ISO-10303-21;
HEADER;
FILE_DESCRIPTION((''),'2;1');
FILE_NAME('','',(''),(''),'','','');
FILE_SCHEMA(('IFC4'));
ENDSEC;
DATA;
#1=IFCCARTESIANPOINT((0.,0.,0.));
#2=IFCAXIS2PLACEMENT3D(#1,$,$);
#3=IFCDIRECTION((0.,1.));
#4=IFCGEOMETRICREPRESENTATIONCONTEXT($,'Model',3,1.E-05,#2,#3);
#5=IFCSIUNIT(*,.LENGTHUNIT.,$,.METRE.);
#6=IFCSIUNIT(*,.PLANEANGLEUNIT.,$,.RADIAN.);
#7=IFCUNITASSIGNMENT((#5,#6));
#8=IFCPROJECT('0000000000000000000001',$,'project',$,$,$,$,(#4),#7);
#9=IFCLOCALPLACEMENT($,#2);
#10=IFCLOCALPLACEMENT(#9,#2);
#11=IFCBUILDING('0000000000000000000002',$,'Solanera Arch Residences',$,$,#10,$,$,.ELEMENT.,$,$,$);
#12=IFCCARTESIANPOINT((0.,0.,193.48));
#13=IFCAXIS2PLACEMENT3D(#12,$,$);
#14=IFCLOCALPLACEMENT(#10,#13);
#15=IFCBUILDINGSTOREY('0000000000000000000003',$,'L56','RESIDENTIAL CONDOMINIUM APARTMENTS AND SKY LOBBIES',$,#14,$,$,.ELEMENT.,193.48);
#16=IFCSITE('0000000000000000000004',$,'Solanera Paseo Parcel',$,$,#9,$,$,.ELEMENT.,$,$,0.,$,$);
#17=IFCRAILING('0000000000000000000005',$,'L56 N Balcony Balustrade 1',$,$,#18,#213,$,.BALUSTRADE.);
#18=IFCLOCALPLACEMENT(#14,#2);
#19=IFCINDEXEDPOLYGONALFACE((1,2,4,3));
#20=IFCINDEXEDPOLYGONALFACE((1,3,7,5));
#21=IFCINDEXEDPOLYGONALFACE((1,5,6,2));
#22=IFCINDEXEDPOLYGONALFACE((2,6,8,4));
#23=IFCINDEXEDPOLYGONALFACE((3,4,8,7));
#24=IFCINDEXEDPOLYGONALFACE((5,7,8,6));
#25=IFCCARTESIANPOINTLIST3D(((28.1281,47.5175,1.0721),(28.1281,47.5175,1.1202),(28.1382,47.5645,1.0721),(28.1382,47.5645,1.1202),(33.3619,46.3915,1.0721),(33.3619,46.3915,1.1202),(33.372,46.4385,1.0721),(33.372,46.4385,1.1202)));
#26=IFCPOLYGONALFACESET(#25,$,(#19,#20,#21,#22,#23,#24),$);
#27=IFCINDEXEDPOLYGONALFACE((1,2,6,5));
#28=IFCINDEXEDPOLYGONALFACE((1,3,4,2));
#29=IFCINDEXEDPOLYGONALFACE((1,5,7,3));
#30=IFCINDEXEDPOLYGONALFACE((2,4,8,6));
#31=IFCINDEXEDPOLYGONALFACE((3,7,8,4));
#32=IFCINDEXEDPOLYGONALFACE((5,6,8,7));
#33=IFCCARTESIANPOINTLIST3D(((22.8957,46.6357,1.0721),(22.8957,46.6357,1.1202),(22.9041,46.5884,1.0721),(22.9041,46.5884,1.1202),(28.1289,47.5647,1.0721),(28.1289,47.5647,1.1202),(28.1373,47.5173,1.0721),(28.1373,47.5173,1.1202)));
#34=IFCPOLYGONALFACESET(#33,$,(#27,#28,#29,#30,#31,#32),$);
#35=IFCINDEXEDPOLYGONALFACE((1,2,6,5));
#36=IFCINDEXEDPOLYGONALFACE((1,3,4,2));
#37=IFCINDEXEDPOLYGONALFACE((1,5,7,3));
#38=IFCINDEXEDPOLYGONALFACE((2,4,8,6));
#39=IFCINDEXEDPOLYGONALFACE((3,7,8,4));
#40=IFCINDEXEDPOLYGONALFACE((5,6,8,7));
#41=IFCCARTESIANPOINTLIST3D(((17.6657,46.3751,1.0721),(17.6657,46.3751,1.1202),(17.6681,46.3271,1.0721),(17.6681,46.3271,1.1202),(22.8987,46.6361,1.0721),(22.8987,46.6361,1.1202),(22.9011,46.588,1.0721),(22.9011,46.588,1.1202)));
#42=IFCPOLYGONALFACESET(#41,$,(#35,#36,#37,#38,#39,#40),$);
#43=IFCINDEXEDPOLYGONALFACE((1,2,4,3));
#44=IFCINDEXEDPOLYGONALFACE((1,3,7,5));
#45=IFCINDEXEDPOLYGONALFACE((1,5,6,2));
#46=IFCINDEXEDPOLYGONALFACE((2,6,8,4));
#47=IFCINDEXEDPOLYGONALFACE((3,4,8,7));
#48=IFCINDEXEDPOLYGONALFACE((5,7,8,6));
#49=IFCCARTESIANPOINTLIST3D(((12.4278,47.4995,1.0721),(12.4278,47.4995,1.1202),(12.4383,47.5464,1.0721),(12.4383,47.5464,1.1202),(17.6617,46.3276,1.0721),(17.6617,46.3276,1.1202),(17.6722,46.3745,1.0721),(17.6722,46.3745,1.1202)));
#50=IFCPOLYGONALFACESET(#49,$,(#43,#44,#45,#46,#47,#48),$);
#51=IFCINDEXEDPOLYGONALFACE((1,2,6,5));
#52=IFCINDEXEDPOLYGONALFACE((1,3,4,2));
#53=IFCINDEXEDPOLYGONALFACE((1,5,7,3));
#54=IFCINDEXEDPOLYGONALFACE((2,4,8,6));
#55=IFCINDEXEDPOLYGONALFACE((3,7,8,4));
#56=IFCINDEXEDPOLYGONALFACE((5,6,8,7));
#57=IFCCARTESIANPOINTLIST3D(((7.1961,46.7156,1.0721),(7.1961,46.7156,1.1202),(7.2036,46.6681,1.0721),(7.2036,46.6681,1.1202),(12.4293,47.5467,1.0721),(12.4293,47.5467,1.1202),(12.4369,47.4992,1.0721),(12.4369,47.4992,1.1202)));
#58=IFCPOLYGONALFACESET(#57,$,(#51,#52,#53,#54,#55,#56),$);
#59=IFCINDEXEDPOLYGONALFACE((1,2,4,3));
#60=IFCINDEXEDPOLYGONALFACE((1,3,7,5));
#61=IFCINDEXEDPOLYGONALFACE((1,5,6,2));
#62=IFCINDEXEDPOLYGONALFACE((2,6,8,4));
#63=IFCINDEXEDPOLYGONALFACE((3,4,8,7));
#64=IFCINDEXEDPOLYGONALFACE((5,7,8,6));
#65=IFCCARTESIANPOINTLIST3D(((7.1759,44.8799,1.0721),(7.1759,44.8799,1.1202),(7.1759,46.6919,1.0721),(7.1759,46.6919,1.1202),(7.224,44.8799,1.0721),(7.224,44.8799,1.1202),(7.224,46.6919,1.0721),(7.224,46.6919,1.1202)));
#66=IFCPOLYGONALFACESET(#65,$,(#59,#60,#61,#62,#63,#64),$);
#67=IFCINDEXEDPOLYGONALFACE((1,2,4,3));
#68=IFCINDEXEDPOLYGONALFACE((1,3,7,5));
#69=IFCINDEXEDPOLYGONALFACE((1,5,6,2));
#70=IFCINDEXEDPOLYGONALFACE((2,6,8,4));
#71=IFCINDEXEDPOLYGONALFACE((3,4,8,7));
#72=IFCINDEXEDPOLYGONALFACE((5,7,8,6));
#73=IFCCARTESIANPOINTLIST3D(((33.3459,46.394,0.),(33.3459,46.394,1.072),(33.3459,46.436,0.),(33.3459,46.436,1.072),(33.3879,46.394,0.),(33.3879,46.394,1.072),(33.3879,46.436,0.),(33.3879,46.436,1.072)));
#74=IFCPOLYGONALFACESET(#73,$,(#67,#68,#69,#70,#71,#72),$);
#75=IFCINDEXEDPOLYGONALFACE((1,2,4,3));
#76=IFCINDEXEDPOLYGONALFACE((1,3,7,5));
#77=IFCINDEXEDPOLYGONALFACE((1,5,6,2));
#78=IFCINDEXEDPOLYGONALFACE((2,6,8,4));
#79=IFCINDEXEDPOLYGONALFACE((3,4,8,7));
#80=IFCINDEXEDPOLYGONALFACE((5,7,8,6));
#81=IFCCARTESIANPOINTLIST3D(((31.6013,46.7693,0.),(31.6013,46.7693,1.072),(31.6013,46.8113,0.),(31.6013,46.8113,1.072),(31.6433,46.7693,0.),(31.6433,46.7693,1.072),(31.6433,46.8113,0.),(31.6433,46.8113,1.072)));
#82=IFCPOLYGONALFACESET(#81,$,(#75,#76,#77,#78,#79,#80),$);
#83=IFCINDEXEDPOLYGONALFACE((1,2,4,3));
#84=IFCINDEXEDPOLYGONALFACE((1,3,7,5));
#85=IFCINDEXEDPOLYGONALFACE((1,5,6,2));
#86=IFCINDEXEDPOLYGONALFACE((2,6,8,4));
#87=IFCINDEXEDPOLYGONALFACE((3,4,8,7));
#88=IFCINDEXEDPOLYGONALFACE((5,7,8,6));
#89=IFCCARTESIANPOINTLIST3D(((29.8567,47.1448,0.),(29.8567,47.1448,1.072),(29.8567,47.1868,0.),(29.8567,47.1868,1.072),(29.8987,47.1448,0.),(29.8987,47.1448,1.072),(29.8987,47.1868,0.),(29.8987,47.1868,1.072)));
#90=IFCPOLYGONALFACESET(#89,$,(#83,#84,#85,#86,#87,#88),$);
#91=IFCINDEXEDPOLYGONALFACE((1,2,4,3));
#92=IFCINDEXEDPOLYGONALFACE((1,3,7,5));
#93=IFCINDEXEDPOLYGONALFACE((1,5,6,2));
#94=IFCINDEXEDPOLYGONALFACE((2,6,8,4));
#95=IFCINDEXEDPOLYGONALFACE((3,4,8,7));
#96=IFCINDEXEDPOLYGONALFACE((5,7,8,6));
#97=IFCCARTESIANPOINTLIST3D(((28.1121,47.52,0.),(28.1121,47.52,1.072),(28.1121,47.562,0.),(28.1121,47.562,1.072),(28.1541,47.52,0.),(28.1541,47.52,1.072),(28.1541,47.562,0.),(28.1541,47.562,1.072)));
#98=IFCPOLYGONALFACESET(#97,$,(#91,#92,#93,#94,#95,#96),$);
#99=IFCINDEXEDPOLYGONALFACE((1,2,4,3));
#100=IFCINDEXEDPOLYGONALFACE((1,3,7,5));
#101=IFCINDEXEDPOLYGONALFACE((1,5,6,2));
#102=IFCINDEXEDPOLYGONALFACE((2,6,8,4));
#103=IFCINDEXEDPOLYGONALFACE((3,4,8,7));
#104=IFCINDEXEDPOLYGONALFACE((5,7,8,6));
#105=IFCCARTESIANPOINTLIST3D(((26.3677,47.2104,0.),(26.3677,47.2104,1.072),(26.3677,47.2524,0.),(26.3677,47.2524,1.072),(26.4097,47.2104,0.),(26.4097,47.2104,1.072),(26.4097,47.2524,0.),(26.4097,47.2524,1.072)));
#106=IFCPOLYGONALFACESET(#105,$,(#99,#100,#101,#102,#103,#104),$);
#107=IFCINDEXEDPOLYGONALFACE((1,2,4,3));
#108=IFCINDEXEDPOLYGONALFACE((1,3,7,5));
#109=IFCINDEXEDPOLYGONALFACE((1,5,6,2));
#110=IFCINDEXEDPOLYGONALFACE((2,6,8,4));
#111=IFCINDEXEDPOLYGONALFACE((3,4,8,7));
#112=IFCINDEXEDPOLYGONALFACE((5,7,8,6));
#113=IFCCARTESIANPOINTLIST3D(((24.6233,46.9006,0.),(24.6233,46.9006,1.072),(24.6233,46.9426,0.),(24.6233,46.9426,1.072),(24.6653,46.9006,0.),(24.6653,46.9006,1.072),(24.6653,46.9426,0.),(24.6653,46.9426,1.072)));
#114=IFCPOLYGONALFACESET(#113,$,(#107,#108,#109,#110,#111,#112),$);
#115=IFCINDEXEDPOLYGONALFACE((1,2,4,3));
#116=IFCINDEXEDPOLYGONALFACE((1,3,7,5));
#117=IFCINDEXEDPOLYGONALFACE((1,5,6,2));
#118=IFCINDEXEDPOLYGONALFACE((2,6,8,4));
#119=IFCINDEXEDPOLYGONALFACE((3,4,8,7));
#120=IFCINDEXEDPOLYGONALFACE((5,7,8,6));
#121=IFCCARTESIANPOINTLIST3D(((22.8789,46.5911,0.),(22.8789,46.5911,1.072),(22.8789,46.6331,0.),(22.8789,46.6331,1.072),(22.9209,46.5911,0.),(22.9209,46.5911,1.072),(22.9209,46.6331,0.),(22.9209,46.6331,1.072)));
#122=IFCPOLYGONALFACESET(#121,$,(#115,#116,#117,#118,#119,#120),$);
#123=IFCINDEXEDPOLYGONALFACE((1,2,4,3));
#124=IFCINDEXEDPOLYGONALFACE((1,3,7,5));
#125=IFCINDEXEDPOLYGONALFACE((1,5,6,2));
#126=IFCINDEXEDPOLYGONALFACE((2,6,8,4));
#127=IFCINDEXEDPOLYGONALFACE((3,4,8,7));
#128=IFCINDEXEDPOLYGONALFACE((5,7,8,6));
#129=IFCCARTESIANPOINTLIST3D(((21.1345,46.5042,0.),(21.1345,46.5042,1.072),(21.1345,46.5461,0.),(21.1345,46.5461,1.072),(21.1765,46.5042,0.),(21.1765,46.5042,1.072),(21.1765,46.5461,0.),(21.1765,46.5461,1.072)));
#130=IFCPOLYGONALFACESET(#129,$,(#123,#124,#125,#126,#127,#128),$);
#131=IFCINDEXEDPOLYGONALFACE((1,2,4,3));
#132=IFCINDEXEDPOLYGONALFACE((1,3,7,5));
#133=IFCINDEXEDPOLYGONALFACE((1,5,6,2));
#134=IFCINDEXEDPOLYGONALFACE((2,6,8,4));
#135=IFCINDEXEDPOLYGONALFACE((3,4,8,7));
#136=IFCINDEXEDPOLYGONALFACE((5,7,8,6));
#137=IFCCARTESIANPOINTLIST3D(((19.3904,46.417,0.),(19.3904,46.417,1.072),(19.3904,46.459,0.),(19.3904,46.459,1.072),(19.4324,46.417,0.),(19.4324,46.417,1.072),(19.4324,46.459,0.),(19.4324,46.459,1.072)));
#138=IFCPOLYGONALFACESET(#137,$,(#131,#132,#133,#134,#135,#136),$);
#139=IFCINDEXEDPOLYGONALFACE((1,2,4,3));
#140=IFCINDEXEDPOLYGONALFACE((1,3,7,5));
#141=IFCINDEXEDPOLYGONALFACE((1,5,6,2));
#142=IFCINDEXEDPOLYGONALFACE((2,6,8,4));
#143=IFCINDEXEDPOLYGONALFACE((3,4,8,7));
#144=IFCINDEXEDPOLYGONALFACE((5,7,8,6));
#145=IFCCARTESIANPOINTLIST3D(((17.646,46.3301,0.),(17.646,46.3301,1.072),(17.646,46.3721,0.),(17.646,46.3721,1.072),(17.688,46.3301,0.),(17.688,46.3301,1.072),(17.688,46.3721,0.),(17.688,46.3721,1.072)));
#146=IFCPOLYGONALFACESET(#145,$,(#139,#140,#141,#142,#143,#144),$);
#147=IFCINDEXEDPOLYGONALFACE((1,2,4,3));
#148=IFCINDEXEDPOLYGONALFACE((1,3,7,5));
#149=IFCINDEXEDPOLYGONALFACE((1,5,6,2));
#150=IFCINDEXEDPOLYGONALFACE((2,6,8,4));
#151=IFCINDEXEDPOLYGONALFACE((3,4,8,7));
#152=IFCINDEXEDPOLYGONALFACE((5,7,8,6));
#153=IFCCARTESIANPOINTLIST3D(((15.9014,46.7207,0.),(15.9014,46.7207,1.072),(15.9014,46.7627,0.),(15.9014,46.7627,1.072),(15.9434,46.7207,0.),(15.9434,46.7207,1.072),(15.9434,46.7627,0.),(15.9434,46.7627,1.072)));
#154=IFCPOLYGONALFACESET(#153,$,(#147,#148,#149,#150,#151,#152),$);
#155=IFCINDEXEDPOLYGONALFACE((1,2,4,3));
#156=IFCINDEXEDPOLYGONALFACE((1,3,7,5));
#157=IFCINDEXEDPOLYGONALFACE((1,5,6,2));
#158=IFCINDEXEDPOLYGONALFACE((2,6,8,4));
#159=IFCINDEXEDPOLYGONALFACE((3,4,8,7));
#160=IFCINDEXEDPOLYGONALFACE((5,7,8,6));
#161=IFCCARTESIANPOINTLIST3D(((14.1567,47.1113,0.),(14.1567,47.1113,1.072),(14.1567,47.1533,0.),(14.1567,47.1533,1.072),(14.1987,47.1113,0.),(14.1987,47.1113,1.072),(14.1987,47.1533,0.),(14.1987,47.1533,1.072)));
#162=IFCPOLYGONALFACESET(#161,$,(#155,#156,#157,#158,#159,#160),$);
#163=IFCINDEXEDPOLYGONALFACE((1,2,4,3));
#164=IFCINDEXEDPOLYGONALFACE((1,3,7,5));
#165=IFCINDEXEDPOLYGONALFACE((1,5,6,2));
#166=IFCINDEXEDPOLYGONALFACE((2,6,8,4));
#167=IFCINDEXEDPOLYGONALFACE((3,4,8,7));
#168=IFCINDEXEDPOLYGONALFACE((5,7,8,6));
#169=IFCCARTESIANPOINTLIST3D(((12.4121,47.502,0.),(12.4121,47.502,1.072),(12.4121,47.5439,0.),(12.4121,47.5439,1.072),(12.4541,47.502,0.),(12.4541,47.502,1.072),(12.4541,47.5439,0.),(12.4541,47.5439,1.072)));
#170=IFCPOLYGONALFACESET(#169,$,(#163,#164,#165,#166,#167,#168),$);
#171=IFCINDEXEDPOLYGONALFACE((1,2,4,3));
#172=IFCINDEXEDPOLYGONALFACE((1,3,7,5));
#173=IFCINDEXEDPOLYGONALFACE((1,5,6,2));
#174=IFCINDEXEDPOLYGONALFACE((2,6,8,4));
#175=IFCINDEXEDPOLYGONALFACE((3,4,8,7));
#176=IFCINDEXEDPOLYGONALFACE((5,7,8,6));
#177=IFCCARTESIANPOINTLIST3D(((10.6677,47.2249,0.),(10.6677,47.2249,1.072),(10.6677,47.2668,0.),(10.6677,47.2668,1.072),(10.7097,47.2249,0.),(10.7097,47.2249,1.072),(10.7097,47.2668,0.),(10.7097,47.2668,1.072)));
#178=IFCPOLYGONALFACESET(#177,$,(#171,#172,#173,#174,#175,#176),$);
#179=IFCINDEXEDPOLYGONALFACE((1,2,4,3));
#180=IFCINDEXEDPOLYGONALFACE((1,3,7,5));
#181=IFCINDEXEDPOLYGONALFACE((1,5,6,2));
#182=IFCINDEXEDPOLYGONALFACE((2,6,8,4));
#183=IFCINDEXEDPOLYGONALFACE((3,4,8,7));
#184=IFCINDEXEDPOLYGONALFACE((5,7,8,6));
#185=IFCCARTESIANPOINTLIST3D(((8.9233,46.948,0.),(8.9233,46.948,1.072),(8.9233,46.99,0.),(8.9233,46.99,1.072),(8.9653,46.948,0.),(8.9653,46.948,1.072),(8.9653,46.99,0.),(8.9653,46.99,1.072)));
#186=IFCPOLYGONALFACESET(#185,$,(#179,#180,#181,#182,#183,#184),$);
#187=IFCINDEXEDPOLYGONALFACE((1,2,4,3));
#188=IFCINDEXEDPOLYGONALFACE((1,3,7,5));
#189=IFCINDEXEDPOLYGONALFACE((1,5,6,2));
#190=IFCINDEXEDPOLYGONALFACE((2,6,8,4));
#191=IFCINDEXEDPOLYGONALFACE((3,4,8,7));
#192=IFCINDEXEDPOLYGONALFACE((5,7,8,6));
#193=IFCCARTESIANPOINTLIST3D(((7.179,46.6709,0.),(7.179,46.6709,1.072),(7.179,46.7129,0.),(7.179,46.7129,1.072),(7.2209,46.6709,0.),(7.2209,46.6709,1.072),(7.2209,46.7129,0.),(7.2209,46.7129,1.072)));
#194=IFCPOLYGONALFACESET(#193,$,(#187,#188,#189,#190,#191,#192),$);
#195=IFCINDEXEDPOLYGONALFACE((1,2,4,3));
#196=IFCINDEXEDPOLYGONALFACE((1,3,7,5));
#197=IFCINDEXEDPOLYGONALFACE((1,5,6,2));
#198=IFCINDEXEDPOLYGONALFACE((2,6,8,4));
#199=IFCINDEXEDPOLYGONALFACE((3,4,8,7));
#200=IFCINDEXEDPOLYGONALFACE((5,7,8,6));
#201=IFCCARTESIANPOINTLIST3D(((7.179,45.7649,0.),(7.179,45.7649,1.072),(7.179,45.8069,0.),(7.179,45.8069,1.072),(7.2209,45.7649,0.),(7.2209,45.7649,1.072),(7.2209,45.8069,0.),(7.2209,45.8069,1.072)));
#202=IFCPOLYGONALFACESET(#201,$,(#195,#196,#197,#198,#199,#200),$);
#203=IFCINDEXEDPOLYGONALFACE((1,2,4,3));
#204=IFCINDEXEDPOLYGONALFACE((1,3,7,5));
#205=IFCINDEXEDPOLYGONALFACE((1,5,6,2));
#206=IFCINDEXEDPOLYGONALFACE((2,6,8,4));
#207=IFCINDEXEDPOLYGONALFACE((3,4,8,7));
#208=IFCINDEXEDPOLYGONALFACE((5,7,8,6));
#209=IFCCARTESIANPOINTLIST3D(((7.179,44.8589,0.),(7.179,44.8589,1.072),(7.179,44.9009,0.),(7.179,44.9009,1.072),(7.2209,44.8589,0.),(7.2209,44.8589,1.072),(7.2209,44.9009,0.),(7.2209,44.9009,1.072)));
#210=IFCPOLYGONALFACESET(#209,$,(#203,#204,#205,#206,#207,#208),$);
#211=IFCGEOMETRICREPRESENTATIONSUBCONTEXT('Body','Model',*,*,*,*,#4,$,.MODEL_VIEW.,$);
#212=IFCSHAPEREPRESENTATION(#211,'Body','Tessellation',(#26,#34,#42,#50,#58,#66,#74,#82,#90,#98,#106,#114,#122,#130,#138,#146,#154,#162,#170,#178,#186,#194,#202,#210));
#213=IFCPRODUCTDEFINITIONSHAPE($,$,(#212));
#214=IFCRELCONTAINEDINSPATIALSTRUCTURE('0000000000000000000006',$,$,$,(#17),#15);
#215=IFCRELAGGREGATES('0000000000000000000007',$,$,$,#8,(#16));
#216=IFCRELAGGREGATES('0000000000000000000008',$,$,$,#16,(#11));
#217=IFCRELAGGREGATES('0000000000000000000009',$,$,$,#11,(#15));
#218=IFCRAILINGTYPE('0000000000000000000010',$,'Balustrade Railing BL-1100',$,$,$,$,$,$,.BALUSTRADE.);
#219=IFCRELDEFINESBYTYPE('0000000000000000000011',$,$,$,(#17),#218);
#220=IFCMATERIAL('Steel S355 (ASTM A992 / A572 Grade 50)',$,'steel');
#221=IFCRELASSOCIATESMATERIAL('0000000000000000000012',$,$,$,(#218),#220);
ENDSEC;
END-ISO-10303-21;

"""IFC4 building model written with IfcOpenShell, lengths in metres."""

from ifc_helpers import new_model, si_unit, direction, frame, origin, origin_2d, place, context, subcontext, project, spatial, rectangle, extrude, material, type_object, element, save


model = new_model("IFC4")

# Units and contexts
model_context = context("Model", 3, precision=1e-05, world=origin(), true_north=direction((0.0, 1.0)))
body_context = subcontext(model_context, "Body", "Model", "MODEL_VIEW")
ifc_project = project(units=[si_unit("LENGTHUNIT", "METRE"), si_unit("PLANEANGLEUNIT", "RADIAN")], contexts=[model_context])

# Site, building, storey
site_placement = place(None, origin())
site = spatial("IfcSite", under=ifc_project, at=site_placement, Name="Solanera Paseo Parcel", CompositionType="ELEMENT", RefElevation=0.0)
building_placement = place(site_placement, origin())
building = spatial("IfcBuilding", under=site, at=building_placement, Name="Solanera Arch Residences", CompositionType="ELEMENT")
storey_placement = place(building_placement, frame((0.0, 0.0, 193.48)))
storey = spatial("IfcBuildingStorey", under=building, at=storey_placement, Name="L56", Description="RESIDENTIAL CONDOMINIUM APARTMENTS AND SKY LOBBIES", CompositionType="ELEMENT", Elevation=193.48)

# Railing
ifc_material_1 = material(Name="Steel S355 (ASTM A992 / A572 Grade 50)", Category="steel")
railing_type_1 = type_object("IfcRailingType", Name="Balustrade Railing BL-1100", PredefinedType="BALUSTRADE", material=ifc_material_1)
railing_1_placement = place(storey_placement, frame((33.3669, 46.415, 0.0)))
element("IfcRailing", 1, at=railing_1_placement, inside=storey, type_object=railing_type_1, Name="L56 N Balcony Balustrade 1", PredefinedType="BALUSTRADE", context=body_context, shape_type="SweptSolid", body=[
    extrude(rectangle(XDim=0.0481, YDim=0.0481, at=origin_2d()), frame((0.0, 0.0, 1.0962), z_axis=(-0.977633, 0.21032, 0.0), x_axis=(-0.21032, -0.977633, 0.0)), (0.0, 0.0, 1.0), 5.3535),
    extrude(rectangle(XDim=0.0481, YDim=0.0481, at=origin_2d()), frame((-5.2339, 1.126, 1.0962), z_axis=(-0.984607, -0.174781, 0.0), x_axis=(0.174781, -0.984607, 0.0)), (0.0, 0.0, 1.0), 5.3149),
    extrude(rectangle(XDim=0.0481, YDim=0.0481, at=origin_2d()), frame((-10.467, 0.197, 1.0962), z_axis=(-0.998759, -0.049812, 0.0), x_axis=(0.049812, -0.998759, 0.0)), (0.0, 0.0, 1.0), 5.2395),
    extrude(rectangle(XDim=0.0481, YDim=0.0481, at=origin_2d()), frame((-15.7, -0.064, 1.0962), z_axis=(-0.975839, 0.218492, 0.0), x_axis=(-0.218492, -0.975839, 0.0)), (0.0, 0.0, 1.0), 5.3635),
    extrude(rectangle(XDim=0.0481, YDim=0.0481, at=origin_2d()), frame((-20.9338, 1.1079, 1.0962), z_axis=(-0.987624, -0.15684, 0.0), x_axis=(0.15684, -0.987624, 0.0)), (0.0, 0.0, 1.0), 5.2988),
    extrude(rectangle(XDim=0.0481, YDim=0.0481, at=origin_2d()), frame((-26.167, 0.2769, 1.0962), z_axis=(0.0, -1.0, 0.0), x_axis=(1.0, 0.0, 0.0)), (0.0, 0.0, 1.0), 1.812),
    extrude(rectangle(XDim=0.042, YDim=0.042, at=origin_2d()), origin(), (0.0, 0.0, 1.0), 1.072),
    extrude(rectangle(XDim=0.042, YDim=0.042, at=origin_2d()), frame((-1.7446, 0.3752, 0.0)), (0.0, 0.0, 1.0), 1.072),
    extrude(rectangle(XDim=0.042, YDim=0.042, at=origin_2d()), frame((-3.4893, 0.7507, 0.0)), (0.0, 0.0, 1.0), 1.072),
    extrude(rectangle(XDim=0.042, YDim=0.042, at=origin_2d()), frame((-5.2339, 1.126, 0.0)), (0.0, 0.0, 1.0), 1.072),
    extrude(rectangle(XDim=0.042, YDim=0.042, at=origin_2d()), frame((-6.9783, 0.8164, 0.0)), (0.0, 0.0, 1.0), 1.072),
    extrude(rectangle(XDim=0.042, YDim=0.042, at=origin_2d()), frame((-8.7227, 0.5066, 0.0)), (0.0, 0.0, 1.0), 1.072),
    extrude(rectangle(XDim=0.042, YDim=0.042, at=origin_2d()), frame((-10.467, 0.197, 0.0)), (0.0, 0.0, 1.0), 1.072),
    extrude(rectangle(XDim=0.042, YDim=0.042, at=origin_2d()), frame((-12.2114, 0.1101, 0.0)), (0.0, 0.0, 1.0), 1.072),
    extrude(rectangle(XDim=0.042, YDim=0.042, at=origin_2d()), frame((-13.9556, 0.0229, 0.0)), (0.0, 0.0, 1.0), 1.072),
    extrude(rectangle(XDim=0.042, YDim=0.042, at=origin_2d()), frame((-15.7, -0.064, 0.0)), (0.0, 0.0, 1.0), 1.072),
    extrude(rectangle(XDim=0.042, YDim=0.042, at=origin_2d()), frame((-17.4446, 0.3267, 0.0)), (0.0, 0.0, 1.0), 1.072),
    extrude(rectangle(XDim=0.042, YDim=0.042, at=origin_2d()), frame((-19.1892, 0.7173, 0.0)), (0.0, 0.0, 1.0), 1.072),
    extrude(rectangle(XDim=0.042, YDim=0.042, at=origin_2d()), frame((-20.9338, 1.1079, 0.0)), (0.0, 0.0, 1.0), 1.072),
    extrude(rectangle(XDim=0.042, YDim=0.042, at=origin_2d()), frame((-22.6782, 0.8308, 0.0)), (0.0, 0.0, 1.0), 1.072),
    extrude(rectangle(XDim=0.042, YDim=0.042, at=origin_2d()), frame((-24.4226, 0.554, 0.0)), (0.0, 0.0, 1.0), 1.072),
    extrude(rectangle(XDim=0.042, YDim=0.042, at=origin_2d()), frame((-26.167, 0.2769, 0.0)), (0.0, 0.0, 1.0), 1.072),
    extrude(rectangle(XDim=0.042, YDim=0.042, at=origin_2d()), frame((-26.167, -0.6292, 0.0)), (0.0, 0.0, 1.0), 1.072),
    extrude(rectangle(XDim=0.042, YDim=0.042, at=origin_2d()), frame((-26.167, -1.5352, 0.0)), (0.0, 0.0, 1.0), 1.072),
])

save(model, "model.ifc")
